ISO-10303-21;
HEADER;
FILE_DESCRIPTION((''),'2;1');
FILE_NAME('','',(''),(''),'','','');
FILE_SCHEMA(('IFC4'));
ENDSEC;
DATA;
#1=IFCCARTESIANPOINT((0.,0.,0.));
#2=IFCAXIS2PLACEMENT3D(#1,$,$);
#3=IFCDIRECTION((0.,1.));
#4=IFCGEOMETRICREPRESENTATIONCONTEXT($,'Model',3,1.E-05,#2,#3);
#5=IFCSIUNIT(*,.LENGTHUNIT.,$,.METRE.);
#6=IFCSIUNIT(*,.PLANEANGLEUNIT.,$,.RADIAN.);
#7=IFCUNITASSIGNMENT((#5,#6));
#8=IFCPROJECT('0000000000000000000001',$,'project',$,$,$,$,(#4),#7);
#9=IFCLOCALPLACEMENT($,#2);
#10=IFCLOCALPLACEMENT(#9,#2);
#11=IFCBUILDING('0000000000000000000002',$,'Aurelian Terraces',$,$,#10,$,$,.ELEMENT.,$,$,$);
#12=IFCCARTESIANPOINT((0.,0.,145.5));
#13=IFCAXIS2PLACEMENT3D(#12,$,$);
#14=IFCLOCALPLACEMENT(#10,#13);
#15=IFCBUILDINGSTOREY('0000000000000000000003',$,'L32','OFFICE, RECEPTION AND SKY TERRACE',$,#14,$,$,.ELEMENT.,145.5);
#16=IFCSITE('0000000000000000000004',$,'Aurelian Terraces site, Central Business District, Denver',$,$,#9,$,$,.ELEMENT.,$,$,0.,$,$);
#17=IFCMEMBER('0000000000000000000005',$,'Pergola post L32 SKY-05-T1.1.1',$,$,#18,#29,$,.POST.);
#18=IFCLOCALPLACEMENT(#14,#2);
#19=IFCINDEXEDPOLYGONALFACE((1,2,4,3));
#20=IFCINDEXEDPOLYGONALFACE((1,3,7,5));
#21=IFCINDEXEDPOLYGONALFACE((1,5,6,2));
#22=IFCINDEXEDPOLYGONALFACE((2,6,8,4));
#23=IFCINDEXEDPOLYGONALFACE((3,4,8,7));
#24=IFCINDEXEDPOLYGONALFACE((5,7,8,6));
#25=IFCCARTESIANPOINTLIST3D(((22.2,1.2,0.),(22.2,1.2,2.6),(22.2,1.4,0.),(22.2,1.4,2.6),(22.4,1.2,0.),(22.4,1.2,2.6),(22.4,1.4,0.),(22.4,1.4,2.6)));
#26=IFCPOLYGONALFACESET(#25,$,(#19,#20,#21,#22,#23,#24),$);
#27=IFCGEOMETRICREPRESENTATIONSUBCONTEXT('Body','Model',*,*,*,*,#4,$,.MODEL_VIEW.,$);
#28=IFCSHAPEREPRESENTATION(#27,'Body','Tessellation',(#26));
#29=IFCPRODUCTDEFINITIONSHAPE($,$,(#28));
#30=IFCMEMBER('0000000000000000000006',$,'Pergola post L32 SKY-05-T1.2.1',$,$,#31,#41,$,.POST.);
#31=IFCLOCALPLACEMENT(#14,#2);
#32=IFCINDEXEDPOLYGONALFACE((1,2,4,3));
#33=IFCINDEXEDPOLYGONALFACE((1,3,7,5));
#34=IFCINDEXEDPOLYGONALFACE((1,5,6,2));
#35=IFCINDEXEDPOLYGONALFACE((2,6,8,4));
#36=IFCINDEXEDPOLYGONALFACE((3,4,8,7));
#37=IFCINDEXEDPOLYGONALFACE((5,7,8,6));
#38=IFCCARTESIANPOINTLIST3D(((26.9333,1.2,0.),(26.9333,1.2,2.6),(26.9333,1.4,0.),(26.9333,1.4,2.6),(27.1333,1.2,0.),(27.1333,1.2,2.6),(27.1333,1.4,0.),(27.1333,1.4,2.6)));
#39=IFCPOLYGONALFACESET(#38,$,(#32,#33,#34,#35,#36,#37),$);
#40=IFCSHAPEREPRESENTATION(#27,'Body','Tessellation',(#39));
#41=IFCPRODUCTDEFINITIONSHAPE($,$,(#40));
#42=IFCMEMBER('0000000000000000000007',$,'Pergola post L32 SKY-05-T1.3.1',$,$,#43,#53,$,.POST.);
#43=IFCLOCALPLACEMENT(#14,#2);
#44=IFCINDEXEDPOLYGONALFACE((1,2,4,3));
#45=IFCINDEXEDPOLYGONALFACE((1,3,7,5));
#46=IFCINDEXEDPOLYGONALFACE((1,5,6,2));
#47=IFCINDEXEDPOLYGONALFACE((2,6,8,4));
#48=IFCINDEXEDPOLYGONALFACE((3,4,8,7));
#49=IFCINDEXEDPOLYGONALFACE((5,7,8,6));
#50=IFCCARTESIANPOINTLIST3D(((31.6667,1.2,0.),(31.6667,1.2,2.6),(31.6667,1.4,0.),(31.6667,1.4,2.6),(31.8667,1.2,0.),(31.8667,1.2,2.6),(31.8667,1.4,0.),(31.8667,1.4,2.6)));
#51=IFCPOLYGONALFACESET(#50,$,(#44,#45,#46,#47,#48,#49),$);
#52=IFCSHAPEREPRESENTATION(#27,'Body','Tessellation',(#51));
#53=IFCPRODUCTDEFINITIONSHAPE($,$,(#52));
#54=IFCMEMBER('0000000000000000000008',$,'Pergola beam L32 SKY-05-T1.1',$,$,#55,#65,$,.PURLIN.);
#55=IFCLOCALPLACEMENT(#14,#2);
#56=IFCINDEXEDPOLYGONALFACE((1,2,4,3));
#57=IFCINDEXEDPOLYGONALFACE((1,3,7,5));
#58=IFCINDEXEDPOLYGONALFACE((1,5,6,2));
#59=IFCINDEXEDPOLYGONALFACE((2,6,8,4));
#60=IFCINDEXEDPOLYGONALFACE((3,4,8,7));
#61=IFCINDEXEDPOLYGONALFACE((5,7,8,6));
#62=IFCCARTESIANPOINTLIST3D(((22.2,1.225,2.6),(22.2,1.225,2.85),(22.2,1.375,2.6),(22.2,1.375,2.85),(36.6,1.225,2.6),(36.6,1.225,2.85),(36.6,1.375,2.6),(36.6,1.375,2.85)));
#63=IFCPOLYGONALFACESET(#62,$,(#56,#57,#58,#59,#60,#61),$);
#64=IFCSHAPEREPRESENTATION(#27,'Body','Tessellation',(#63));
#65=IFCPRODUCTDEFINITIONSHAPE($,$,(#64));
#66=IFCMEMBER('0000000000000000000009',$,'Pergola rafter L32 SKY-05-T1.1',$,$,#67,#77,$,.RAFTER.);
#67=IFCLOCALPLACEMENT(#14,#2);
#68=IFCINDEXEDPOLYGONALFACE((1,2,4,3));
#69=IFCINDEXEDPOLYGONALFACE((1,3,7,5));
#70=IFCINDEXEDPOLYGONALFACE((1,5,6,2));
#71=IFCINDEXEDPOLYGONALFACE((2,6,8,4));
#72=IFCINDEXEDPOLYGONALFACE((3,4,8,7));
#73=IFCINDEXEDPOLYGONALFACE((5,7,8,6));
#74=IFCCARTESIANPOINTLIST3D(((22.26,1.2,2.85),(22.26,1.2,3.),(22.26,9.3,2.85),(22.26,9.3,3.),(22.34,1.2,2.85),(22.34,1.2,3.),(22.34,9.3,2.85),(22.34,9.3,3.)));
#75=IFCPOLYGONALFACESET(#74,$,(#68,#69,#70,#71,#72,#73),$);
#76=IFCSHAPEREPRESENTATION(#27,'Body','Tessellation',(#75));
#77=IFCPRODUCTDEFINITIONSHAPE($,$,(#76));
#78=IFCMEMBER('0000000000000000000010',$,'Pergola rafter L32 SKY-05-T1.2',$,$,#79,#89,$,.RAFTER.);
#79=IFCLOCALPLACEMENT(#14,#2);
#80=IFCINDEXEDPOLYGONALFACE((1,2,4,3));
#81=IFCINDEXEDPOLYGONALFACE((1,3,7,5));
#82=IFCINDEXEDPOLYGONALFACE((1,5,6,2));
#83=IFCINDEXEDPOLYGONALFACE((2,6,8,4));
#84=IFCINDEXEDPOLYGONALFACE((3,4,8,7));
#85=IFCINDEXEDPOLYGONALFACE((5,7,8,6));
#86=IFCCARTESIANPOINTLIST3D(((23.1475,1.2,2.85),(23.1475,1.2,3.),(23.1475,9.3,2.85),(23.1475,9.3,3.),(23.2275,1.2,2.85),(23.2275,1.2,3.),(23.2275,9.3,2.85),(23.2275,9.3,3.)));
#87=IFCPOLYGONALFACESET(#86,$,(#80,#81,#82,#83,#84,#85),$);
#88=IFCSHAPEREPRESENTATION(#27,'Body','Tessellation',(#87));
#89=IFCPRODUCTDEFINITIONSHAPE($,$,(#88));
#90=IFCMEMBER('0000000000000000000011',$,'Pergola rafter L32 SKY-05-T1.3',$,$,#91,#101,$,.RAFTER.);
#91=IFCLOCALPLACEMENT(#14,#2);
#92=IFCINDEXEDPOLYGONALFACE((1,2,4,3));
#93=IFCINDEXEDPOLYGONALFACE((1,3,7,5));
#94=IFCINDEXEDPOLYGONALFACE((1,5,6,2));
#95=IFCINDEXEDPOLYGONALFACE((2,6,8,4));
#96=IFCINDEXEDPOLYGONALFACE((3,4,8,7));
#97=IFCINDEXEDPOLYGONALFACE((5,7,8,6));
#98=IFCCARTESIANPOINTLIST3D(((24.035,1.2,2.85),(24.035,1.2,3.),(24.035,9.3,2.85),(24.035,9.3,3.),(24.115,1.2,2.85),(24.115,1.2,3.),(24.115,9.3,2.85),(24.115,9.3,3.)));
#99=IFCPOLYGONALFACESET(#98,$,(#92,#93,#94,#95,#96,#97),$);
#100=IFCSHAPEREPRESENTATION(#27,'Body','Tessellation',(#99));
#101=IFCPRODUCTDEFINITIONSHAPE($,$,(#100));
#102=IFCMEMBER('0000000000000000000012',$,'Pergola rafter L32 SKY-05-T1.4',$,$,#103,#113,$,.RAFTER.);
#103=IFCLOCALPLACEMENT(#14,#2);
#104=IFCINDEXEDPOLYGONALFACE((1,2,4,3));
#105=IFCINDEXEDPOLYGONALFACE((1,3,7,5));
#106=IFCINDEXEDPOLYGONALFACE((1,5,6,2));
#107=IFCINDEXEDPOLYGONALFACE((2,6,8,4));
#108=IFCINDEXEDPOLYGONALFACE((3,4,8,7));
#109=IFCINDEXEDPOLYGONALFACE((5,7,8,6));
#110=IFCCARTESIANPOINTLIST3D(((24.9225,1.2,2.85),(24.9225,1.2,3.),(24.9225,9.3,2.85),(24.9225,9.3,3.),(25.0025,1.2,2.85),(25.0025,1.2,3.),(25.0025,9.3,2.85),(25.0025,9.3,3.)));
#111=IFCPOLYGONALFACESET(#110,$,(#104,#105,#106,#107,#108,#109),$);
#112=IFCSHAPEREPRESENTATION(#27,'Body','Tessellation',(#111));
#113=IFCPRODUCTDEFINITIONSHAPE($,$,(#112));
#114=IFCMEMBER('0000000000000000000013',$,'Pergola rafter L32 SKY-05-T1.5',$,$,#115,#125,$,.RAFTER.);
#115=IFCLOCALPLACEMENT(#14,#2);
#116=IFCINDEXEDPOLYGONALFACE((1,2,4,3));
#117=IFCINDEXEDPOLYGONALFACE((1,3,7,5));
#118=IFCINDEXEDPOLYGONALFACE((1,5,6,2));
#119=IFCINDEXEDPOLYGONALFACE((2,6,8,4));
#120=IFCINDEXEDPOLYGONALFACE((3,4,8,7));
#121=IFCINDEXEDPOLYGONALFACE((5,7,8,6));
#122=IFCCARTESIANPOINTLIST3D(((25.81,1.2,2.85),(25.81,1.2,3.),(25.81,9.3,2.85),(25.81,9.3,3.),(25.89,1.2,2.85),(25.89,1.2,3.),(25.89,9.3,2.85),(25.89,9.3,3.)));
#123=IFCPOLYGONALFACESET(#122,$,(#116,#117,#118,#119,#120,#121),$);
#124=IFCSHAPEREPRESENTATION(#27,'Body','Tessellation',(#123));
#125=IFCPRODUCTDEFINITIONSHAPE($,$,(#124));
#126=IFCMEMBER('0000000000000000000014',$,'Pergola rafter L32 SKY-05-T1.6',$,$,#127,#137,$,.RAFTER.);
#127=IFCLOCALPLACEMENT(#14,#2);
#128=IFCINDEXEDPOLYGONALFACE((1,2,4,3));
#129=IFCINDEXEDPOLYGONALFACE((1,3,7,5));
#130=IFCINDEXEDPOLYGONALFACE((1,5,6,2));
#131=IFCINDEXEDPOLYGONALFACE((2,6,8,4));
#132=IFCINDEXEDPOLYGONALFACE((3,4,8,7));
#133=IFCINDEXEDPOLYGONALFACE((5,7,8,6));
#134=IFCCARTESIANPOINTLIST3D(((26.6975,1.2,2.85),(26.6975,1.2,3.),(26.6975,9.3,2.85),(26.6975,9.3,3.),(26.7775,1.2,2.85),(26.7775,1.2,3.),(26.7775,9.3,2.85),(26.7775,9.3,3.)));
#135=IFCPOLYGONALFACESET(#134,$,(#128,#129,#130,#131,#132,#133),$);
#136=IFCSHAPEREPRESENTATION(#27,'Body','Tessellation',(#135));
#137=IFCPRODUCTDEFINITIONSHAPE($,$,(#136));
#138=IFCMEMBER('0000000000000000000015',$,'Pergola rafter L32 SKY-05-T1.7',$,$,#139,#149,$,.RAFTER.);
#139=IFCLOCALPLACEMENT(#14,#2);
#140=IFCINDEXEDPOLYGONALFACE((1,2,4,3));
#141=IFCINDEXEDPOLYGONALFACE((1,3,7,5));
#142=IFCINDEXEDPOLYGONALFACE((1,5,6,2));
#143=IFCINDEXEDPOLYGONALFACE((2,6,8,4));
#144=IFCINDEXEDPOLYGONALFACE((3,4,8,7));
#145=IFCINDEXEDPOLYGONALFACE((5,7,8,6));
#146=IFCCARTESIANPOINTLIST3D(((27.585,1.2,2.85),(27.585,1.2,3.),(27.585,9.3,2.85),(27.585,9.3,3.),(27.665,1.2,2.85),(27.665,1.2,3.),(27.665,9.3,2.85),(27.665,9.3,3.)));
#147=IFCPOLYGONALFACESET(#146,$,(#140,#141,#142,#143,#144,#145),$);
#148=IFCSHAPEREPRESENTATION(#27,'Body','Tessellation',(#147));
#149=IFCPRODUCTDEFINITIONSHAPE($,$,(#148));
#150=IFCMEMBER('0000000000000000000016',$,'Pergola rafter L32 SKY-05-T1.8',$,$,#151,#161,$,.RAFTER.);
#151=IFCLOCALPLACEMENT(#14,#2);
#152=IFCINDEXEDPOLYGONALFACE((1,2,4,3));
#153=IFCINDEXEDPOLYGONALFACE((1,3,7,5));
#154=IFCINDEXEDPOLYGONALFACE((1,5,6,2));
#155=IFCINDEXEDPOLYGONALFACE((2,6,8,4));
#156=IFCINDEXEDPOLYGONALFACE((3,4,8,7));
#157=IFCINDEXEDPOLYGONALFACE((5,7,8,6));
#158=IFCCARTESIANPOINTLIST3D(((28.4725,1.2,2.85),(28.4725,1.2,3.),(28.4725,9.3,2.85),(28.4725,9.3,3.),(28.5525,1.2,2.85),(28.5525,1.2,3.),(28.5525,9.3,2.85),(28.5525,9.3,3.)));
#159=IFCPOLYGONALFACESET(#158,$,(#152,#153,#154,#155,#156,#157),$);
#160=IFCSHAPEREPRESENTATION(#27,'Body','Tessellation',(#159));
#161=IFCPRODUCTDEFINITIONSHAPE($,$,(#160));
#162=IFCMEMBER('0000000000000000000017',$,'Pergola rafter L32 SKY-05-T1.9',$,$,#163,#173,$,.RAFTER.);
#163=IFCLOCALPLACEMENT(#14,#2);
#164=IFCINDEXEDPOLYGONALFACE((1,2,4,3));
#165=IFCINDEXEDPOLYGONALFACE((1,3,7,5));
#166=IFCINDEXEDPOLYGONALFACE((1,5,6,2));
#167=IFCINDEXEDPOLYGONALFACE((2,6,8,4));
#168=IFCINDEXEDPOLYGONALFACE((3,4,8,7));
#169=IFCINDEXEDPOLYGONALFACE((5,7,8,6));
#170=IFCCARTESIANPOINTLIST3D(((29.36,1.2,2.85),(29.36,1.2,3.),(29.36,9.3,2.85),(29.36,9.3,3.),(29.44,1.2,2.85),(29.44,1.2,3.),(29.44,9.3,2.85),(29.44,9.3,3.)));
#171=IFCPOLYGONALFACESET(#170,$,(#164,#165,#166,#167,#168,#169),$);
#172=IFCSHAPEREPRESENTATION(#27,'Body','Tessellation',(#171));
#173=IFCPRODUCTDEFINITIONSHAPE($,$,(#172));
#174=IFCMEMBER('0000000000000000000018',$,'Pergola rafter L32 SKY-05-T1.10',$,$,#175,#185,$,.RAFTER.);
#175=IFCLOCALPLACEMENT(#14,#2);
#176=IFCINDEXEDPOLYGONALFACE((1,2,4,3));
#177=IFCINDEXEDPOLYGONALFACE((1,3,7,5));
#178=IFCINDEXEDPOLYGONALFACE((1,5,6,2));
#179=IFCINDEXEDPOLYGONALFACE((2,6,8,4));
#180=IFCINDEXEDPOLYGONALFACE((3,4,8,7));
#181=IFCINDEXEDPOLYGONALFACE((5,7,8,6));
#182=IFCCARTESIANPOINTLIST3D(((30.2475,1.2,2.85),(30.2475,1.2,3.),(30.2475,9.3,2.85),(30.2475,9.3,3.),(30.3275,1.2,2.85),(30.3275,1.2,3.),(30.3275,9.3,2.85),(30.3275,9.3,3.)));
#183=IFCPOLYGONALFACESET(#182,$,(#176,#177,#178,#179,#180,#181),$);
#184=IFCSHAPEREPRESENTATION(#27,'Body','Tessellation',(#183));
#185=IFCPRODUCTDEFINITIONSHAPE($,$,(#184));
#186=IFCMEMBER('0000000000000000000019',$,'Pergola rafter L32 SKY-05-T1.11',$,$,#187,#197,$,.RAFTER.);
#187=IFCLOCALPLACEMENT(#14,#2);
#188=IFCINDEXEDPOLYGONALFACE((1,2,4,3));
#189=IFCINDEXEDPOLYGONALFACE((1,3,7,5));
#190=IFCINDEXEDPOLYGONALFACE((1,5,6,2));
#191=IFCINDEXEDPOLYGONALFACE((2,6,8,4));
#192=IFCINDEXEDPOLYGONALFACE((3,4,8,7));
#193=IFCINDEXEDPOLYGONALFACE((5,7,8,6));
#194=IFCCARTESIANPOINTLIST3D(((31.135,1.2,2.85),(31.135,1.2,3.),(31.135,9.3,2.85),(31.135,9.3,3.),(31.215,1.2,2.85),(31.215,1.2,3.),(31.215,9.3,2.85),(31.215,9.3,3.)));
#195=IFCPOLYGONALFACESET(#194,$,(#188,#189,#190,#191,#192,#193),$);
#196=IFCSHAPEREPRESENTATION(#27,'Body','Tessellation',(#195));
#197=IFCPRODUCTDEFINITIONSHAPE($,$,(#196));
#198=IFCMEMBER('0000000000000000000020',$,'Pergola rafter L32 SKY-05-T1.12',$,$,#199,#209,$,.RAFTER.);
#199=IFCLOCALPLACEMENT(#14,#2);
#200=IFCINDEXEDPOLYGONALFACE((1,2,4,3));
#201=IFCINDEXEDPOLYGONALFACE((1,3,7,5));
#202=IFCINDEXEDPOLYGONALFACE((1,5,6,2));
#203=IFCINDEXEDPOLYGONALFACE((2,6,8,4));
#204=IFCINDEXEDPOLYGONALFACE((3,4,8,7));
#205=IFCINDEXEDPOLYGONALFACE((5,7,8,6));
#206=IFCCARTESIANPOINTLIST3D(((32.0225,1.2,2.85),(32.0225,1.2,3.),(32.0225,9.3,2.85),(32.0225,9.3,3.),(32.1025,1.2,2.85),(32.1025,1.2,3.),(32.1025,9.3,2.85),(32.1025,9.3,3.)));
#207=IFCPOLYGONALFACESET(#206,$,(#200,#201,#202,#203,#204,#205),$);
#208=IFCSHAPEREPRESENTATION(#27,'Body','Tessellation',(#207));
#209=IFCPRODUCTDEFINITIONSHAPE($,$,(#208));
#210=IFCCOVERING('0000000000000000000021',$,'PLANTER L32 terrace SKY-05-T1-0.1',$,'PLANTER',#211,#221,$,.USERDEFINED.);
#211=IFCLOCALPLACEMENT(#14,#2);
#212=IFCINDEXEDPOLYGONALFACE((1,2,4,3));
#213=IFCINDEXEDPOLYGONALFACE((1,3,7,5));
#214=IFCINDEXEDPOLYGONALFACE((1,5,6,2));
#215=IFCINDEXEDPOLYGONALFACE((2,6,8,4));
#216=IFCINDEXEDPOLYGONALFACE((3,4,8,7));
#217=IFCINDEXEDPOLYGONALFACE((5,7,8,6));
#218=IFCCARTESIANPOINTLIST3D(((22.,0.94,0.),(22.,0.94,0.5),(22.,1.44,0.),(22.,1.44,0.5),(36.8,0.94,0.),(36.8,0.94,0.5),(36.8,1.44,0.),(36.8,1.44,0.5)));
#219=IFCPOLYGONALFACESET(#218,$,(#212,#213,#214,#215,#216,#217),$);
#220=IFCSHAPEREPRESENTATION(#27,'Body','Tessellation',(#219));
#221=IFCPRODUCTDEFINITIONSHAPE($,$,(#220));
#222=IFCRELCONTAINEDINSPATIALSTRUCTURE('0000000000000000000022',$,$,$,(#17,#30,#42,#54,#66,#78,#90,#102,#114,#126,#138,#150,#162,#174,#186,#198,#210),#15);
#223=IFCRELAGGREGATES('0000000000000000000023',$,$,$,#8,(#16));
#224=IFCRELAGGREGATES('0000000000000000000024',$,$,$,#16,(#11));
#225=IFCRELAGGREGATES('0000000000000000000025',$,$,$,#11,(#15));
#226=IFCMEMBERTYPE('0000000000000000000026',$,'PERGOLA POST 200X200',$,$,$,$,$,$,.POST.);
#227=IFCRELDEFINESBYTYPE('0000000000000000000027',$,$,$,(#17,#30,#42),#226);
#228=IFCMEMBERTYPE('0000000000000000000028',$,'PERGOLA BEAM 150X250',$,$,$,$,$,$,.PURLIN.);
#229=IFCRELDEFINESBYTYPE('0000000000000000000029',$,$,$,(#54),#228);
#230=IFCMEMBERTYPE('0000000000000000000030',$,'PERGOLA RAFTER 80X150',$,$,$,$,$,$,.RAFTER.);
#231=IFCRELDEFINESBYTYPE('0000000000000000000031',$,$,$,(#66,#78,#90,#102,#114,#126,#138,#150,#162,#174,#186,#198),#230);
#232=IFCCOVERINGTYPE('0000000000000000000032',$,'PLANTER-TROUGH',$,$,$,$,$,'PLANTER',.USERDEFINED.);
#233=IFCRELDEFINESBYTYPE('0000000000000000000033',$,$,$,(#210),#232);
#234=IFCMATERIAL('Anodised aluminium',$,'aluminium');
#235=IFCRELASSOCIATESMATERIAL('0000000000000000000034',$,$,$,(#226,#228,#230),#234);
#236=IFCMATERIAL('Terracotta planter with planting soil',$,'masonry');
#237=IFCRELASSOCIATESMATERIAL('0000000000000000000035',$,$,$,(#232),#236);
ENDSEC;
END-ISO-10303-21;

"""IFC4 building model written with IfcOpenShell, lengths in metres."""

from ifc_helpers import new_model, si_unit, direction, frame, origin, origin_2d, place, context, subcontext, project, spatial, rectangle, extrude, source, transform, mapped, material, material_profile, profile_set, type_object, element, save


model = new_model("IFC4")

# Units and contexts
model_context = context("Model", 3, precision=1e-05, world=origin(), true_north=direction((0.0, 1.0)))
body_context = subcontext(model_context, "Body", "Model", "MODEL_VIEW")
ifc_project = project(units=[si_unit("LENGTHUNIT", "METRE"), si_unit("PLANEANGLEUNIT", "RADIAN")], contexts=[model_context])

# Site, building, storey
site_placement = place(None, origin())
site = spatial("IfcSite", under=ifc_project, at=site_placement, Name="Aurelian Terraces site, Central Business District, Denver", CompositionType="ELEMENT", RefElevation=0.0)
building_placement = place(site_placement, origin())
building = spatial("IfcBuilding", under=site, at=building_placement, Name="Aurelian Terraces", CompositionType="ELEMENT")
storey_placement = place(building_placement, frame((0.0, 0.0, 145.5)))
storey = spatial("IfcBuildingStorey", under=building, at=storey_placement, Name="L32", Description="OFFICE, RECEPTION AND SKY TERRACE", CompositionType="ELEMENT", Elevation=145.5)

# Members
ifc_material_1 = material(Name="Anodised aluminium", Category="aluminium")
ifc_material_profile_1 = material_profile(ifc_material_1, rectangle(XDim=0.2, YDim=0.2, at=origin_2d()))
ifc_profile_set_1 = profile_set([ifc_material_profile_1], Name="Anodised aluminium")
member_type_1 = type_object("IfcMemberType", Name="PERGOLA POST 200X200", PredefinedType="POST", material=ifc_profile_set_1)
shared_shape_1 = source(origin(), body_context, "Body", "SweptSolid", [
    extrude(rectangle(XDim=0.2, YDim=0.2, at=origin_2d()), origin(), (0.0, 0.0, 1.0), 2.6),
])
for number, where, z_axis, x_axis, name in (
    (1, (22.3, 1.3, 0.0), (0.0, 0.0, 1.0), (1.0, 0.0, 0.0), "Pergola post L32 SKY-05-T1.1.1"),
    (2, (27.0333, 1.3, 0.0), (0.0, 0.0, 1.0), (1.0, 0.0, 0.0), "Pergola post L32 SKY-05-T1.2.1"),
    (3, (31.7667, 1.3, 0.0), (0.0, 0.0, 1.0), (1.0, 0.0, 0.0), "Pergola post L32 SKY-05-T1.3.1"),
):
    element("IfcMember", number, at=place(storey_placement, frame(where, z_axis=z_axis, x_axis=x_axis)), inside=storey, type_object=member_type_1, Name=name, PredefinedType="POST", context=body_context, shape_type="MappedRepresentation", body=[
        mapped(shared_shape_1, transform((0.0, 0.0, 0.0), scale=1.0)),
    ])
ifc_material_profile_2 = material_profile(ifc_material_1, rectangle(XDim=0.15, YDim=0.25, at=origin_2d()))
ifc_profile_set_2 = profile_set([ifc_material_profile_2], Name="Anodised aluminium")
member_type_2 = type_object("IfcMemberType", Name="PERGOLA BEAM 150X250", PredefinedType="PURLIN", material=ifc_profile_set_2)
shared_shape_2 = source(origin(), body_context, "Body", "SweptSolid", [
    extrude(rectangle(XDim=0.15, YDim=0.25, at=origin_2d()), origin(), (0.0, 0.0, 1.0), 14.4),
])
member_placement = place(storey_placement, frame((22.2, 1.3, 2.725), z_axis=(1.0, 0.0, 0.0), x_axis=(0.0, 1.0, 0.0)))
element("IfcMember", 4, at=member_placement, inside=storey, type_object=member_type_2, Name="Pergola beam L32 SKY-05-T1.1", PredefinedType="PURLIN", context=body_context, shape_type="MappedRepresentation", body=[
    mapped(shared_shape_2, transform((0.0, 0.0, 0.0), scale=1.0)),
])
ifc_material_profile_3 = material_profile(ifc_material_1, rectangle(XDim=0.08, YDim=0.15, at=origin_2d()))
ifc_profile_set_3 = profile_set([ifc_material_profile_3], Name="Anodised aluminium")
member_type_3 = type_object("IfcMemberType", Name="PERGOLA RAFTER 80X150", PredefinedType="RAFTER", material=ifc_profile_set_3)
shared_shape_3 = source(origin(), body_context, "Body", "SweptSolid", [
    extrude(rectangle(XDim=0.08, YDim=0.15, at=origin_2d()), origin(), (0.0, 0.0, 1.0), 8.1),
])
for number, where, z_axis, x_axis, name in (
    (5, (22.3, 1.2, 2.925), (0.0, 1.0, 0.0), (-1.0, 0.0, 0.0), "Pergola rafter L32 SKY-05-T1.1"),
    (6, (23.1875, 1.2, 2.925), (0.0, 1.0, 0.0), (-1.0, 0.0, 0.0), "Pergola rafter L32 SKY-05-T1.2"),
    (7, (24.075, 1.2, 2.925), (0.0, 1.0, 0.0), (-1.0, 0.0, 0.0), "Pergola rafter L32 SKY-05-T1.3"),
    (8, (24.9625, 1.2, 2.925), (0.0, 1.0, 0.0), (-1.0, 0.0, 0.0), "Pergola rafter L32 SKY-05-T1.4"),
    (9, (25.85, 1.2, 2.925), (0.0, 1.0, 0.0), (-1.0, 0.0, 0.0), "Pergola rafter L32 SKY-05-T1.5"),
    (10, (26.7375, 1.2, 2.925), (0.0, 1.0, 0.0), (-1.0, 0.0, 0.0), "Pergola rafter L32 SKY-05-T1.6"),
    (11, (27.625, 1.2, 2.925), (0.0, 1.0, 0.0), (-1.0, 0.0, 0.0), "Pergola rafter L32 SKY-05-T1.7"),
    (12, (28.5125, 1.2, 2.925), (0.0, 1.0, 0.0), (-1.0, 0.0, 0.0), "Pergola rafter L32 SKY-05-T1.8"),
    (13, (29.4, 1.2, 2.925), (0.0, 1.0, 0.0), (-1.0, 0.0, 0.0), "Pergola rafter L32 SKY-05-T1.9"),
    (14, (30.2875, 1.2, 2.925), (0.0, 1.0, 0.0), (-1.0, 0.0, 0.0), "Pergola rafter L32 SKY-05-T1.10"),
    (15, (31.175, 1.2, 2.925), (0.0, 1.0, 0.0), (-1.0, 0.0, 0.0), "Pergola rafter L32 SKY-05-T1.11"),
    (16, (32.0625, 1.2, 2.925), (0.0, 1.0, 0.0), (-1.0, 0.0, 0.0), "Pergola rafter L32 SKY-05-T1.12"),
):
    element("IfcMember", number, at=place(storey_placement, frame(where, z_axis=z_axis, x_axis=x_axis)), inside=storey, type_object=member_type_3, Name=name, PredefinedType="RAFTER", context=body_context, shape_type="MappedRepresentation", body=[
        mapped(shared_shape_3, transform((0.0, 0.0, 0.0), scale=1.0)),
    ])

# Covering
ifc_material_2 = material(Name="Terracotta planter with planting soil", Category="masonry")
covering_type = type_object("IfcCoveringType", Name="PLANTER-TROUGH", ElementType="PLANTER", PredefinedType="USERDEFINED", material=ifc_material_2)
shared_shape_4 = source(origin(), body_context, "Body", "SweptSolid", [
    extrude(rectangle(XDim=14.8, YDim=0.5, at=origin_2d()), origin(), (0.0, 0.0, 1.0), 0.5),
])
covering_1_placement = place(storey_placement, frame((29.4, 1.19, 0.0), z_axis=(0.0, 0.0, 1.0), x_axis=(1.0, 0.0, 0.0)))
element("IfcCovering", 17, at=covering_1_placement, inside=storey, type_object=covering_type, Name="PLANTER L32 terrace SKY-05-T1-0.1", ObjectType="PLANTER", PredefinedType="USERDEFINED", context=body_context, shape_type="MappedRepresentation", body=[
    mapped(shared_shape_4, transform((0.0, 0.0, 0.0), scale=1.0)),
])

save(model, "model.ifc")
